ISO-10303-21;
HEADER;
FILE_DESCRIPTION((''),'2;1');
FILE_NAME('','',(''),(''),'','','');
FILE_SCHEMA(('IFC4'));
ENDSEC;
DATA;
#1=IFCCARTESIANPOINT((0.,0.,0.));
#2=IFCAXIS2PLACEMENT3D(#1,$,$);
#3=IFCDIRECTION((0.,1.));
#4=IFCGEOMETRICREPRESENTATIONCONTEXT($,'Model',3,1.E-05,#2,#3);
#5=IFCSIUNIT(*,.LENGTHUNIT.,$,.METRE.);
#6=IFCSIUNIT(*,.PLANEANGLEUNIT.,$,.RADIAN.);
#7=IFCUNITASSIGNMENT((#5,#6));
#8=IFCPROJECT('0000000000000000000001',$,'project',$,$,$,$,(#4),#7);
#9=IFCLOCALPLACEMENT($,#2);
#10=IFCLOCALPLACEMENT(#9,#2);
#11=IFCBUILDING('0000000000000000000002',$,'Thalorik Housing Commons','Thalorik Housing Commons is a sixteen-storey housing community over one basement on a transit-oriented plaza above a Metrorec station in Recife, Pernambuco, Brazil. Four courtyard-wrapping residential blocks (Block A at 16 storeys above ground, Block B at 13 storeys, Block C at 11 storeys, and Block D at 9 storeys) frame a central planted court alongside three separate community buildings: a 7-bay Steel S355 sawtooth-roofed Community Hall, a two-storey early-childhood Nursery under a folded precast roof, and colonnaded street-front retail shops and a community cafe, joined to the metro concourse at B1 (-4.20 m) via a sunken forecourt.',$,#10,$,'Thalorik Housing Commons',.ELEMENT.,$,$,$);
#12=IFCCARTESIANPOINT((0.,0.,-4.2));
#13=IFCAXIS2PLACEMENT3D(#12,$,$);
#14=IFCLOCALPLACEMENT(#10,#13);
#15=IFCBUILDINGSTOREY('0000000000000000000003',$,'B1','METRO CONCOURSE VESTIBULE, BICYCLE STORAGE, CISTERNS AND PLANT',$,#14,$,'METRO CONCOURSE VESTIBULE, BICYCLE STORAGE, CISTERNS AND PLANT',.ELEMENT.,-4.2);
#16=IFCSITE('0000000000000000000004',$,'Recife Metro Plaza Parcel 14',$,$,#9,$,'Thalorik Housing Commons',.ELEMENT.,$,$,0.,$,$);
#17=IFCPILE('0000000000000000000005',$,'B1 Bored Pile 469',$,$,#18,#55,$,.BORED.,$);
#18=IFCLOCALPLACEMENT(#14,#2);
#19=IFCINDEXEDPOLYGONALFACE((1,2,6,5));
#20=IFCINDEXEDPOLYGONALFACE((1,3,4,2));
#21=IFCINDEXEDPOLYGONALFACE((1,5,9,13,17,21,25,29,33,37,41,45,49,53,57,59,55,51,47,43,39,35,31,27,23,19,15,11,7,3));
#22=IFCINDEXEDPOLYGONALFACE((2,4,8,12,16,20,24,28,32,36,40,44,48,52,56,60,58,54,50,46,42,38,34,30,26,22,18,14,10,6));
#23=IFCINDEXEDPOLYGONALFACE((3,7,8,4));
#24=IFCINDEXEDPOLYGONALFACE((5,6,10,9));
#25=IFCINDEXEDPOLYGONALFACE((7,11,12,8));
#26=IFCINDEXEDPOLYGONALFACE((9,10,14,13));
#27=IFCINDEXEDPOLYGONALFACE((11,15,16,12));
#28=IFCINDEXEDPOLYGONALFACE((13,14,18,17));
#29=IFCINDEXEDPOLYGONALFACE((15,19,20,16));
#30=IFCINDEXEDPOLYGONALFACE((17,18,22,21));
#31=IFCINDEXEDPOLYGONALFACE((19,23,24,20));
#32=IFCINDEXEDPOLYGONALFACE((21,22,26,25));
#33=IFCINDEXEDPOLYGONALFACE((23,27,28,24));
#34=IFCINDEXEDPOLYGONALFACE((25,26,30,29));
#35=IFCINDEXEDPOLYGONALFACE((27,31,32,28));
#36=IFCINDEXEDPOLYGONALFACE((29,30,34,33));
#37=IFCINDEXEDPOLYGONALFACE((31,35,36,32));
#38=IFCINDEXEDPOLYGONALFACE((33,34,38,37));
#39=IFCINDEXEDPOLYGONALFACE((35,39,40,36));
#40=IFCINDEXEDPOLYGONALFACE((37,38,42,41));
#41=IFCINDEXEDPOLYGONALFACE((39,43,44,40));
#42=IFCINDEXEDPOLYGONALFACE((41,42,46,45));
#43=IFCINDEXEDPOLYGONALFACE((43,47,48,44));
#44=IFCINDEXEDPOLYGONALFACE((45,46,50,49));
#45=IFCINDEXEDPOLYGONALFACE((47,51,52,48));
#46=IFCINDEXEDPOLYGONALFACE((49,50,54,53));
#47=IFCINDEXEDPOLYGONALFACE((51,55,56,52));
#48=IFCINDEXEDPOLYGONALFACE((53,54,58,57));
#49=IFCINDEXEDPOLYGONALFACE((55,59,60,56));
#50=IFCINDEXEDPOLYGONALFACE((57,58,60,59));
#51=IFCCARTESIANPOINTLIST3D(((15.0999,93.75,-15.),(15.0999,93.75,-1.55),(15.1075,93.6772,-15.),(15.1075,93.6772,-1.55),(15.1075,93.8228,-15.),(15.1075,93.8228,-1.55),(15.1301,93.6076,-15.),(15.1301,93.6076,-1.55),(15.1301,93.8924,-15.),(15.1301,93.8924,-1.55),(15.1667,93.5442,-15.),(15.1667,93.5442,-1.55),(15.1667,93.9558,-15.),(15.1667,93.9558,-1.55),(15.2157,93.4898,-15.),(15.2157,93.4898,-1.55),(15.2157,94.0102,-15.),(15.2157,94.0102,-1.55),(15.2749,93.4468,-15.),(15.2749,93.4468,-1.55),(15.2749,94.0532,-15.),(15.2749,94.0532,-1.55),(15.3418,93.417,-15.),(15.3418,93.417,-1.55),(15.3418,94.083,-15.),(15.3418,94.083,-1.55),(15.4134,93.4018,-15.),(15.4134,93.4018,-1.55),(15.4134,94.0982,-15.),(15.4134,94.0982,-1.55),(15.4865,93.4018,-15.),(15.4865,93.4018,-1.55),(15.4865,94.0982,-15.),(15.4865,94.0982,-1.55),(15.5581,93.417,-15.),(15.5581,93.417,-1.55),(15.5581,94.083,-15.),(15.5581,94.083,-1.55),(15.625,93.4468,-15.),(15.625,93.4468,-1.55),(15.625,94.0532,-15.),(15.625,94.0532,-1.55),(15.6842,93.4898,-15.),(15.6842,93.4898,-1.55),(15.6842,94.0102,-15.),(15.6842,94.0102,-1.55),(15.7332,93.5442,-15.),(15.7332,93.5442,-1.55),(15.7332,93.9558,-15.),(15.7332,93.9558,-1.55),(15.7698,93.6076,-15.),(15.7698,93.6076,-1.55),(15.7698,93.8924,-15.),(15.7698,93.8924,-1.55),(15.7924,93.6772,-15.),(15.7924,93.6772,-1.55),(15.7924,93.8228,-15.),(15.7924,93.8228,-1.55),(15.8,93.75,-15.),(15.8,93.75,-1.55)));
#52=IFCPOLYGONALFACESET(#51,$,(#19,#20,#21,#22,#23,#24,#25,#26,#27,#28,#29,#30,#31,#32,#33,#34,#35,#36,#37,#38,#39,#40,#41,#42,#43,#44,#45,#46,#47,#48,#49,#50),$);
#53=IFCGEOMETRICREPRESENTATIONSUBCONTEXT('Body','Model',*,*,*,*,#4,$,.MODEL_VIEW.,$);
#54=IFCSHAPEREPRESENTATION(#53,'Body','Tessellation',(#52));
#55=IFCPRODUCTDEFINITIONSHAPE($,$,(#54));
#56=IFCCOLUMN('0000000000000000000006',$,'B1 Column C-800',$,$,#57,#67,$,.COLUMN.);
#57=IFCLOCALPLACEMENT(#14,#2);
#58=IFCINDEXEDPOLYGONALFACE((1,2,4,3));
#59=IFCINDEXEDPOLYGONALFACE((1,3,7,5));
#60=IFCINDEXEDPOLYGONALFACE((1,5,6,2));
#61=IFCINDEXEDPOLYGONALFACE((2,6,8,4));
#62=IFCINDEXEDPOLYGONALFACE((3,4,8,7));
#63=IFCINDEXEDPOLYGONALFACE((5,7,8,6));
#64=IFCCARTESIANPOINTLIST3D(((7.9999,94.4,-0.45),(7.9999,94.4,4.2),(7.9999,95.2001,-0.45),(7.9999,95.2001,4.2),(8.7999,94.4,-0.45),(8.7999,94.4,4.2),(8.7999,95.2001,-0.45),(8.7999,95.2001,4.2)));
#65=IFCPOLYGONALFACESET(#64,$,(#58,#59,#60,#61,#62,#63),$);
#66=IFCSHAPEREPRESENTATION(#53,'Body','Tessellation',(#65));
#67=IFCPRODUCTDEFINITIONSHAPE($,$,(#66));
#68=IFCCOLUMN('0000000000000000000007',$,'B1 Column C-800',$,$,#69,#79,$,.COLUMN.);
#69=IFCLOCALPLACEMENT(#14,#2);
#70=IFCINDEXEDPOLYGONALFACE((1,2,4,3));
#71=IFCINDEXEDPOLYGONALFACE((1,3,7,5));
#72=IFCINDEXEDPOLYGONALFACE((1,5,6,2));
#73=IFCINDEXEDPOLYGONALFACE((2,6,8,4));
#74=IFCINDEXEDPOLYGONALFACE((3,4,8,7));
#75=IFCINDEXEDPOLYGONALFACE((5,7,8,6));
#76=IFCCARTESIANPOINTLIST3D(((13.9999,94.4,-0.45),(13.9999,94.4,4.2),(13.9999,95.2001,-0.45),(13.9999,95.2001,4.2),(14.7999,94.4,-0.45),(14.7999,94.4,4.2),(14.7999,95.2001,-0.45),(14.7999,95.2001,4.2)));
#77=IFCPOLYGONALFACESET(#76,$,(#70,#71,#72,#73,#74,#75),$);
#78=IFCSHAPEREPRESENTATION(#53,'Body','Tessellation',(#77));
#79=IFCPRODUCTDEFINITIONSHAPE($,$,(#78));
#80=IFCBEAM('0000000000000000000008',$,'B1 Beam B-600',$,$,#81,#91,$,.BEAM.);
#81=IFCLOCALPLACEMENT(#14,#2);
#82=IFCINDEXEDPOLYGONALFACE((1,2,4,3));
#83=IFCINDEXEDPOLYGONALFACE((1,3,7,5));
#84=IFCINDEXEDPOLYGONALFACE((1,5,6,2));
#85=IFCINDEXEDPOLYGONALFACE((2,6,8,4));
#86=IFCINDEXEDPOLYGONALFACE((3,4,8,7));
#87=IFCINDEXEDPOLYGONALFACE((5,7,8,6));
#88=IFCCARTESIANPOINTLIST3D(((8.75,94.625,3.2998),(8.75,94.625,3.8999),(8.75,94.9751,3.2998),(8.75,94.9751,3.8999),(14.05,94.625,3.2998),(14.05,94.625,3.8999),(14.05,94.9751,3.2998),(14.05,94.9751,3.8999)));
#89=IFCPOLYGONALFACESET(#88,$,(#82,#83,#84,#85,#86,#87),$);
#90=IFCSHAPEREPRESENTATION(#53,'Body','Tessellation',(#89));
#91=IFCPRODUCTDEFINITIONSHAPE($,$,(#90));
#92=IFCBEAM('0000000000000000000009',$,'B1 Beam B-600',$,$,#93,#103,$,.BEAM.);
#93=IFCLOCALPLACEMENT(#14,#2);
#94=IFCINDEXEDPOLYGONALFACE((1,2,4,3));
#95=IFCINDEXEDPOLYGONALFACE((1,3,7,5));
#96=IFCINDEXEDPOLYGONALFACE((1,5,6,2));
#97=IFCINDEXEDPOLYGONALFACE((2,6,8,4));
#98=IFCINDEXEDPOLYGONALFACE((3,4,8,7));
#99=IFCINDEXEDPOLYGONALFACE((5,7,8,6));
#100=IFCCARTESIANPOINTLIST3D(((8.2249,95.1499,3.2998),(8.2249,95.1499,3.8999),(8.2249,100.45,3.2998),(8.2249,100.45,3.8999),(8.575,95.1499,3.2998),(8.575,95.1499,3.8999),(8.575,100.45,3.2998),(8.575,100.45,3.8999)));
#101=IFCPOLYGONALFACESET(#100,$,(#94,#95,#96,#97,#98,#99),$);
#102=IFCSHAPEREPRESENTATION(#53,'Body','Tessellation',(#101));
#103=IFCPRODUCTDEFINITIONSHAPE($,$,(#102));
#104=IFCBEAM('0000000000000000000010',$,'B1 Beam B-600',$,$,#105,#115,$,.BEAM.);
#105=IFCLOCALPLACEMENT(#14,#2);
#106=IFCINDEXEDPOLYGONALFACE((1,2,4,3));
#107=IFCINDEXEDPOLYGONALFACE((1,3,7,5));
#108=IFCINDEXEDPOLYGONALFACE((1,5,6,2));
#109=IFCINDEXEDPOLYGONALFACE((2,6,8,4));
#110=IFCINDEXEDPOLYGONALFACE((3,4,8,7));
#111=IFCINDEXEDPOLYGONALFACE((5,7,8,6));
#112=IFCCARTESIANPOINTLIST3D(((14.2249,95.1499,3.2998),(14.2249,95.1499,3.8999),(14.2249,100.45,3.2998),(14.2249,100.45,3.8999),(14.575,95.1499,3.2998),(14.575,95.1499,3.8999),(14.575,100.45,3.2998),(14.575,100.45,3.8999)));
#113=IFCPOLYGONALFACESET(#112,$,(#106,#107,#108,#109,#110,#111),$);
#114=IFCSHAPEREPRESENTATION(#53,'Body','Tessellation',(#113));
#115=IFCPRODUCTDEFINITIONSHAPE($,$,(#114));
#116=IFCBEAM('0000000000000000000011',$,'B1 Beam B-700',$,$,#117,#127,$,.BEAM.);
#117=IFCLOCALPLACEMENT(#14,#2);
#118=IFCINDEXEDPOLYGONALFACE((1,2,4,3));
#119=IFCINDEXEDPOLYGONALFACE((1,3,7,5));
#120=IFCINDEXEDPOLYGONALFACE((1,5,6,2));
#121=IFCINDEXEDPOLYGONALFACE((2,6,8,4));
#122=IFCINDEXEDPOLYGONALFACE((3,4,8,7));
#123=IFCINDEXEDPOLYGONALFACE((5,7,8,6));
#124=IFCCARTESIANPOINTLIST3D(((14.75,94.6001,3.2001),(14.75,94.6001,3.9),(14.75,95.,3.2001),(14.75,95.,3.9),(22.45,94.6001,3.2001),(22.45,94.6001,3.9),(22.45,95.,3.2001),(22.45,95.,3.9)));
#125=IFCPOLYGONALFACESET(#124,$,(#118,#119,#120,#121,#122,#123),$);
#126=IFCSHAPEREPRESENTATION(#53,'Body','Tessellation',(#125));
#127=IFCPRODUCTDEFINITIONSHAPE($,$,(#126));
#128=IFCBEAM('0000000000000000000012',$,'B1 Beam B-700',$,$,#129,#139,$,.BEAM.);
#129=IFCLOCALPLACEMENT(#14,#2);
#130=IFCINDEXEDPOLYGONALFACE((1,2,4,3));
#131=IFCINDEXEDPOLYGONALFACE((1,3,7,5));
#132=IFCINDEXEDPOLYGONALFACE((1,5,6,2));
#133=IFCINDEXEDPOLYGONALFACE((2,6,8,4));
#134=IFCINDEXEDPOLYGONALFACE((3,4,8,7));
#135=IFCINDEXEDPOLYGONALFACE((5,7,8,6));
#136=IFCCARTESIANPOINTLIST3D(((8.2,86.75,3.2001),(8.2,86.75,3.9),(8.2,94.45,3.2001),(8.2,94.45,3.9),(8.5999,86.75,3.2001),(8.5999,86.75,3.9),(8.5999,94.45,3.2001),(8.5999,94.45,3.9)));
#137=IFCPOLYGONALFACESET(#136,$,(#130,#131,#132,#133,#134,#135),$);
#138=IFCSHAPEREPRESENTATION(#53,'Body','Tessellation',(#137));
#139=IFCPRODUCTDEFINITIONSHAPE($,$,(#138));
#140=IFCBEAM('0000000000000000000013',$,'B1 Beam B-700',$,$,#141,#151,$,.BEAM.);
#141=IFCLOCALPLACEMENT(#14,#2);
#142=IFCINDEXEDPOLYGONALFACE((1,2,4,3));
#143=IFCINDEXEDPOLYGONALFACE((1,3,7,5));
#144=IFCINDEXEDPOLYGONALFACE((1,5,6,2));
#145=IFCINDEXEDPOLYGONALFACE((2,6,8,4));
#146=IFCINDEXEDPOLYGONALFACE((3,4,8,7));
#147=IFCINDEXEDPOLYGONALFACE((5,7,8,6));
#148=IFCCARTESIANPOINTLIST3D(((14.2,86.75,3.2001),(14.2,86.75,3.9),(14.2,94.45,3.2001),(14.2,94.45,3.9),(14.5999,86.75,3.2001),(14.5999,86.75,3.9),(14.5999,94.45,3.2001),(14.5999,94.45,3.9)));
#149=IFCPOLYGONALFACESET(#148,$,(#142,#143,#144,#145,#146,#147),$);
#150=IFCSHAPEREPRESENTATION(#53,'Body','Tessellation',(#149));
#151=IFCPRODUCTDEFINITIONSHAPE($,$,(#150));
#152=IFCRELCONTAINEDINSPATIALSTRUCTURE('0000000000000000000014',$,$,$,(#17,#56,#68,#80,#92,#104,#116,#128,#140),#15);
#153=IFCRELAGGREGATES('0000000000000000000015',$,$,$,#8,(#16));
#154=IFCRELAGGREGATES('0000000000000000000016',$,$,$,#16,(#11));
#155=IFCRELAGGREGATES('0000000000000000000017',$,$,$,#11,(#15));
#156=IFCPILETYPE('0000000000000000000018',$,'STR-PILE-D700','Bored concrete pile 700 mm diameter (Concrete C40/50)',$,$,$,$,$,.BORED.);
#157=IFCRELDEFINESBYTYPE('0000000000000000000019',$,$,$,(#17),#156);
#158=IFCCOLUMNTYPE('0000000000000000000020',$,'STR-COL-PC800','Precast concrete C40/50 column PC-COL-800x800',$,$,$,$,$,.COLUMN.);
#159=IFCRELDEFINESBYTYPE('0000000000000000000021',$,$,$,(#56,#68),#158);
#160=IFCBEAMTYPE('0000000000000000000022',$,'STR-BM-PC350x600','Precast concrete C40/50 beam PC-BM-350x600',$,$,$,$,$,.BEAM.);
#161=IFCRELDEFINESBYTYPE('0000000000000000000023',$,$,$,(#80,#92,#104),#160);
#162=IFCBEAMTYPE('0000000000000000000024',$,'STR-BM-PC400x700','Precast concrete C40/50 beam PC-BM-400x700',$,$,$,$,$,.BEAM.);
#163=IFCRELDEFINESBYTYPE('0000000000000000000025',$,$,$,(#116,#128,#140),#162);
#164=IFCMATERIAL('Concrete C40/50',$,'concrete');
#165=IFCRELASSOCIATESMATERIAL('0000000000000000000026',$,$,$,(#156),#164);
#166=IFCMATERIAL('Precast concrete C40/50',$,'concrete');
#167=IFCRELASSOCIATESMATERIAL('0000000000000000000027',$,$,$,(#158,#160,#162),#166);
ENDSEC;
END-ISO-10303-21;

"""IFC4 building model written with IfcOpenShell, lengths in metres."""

from ifc_helpers import new_model, si_unit, direction, frame, origin, origin_2d, place, context, subcontext, project, spatial, rectangle, circle, extrude, material, material_profile, profile_set, type_object, element, save


model = new_model("IFC4")

# Units and contexts
model_context = context("Model", 3, precision=1e-05, world=origin(), true_north=direction((0.0, 1.0)))
body_context = subcontext(model_context, "Body", "Model", "MODEL_VIEW")
ifc_project = project(units=[si_unit("LENGTHUNIT", "METRE"), si_unit("PLANEANGLEUNIT", "RADIAN")], contexts=[model_context])

# Site, building, storey
site_placement = place(None, origin())
site = spatial("IfcSite", under=ifc_project, at=site_placement, Name="Recife Metro Plaza Parcel 14", LongName="Thalorik Housing Commons", CompositionType="ELEMENT", RefElevation=0.0)
building_placement = place(site_placement, origin())
building = spatial("IfcBuilding", under=site, at=building_placement, Name="Thalorik Housing Commons", Description="Thalorik Housing Commons is a sixteen-storey housing community over one basement on a transit-oriented plaza above a Metrorec station in Recife, Pernambuco, Brazil. Four courtyard-wrapping residential blocks (Block A at 16 storeys above ground, Block B at 13 storeys, Block C at 11 storeys, and Block D at 9 storeys) frame a central planted court alongside three separate community buildings: a 7-bay Steel S355 sawtooth-roofed Community Hall, a two-storey early-childhood Nursery under a folded precast roof, and colonnaded street-front retail shops and a community cafe, joined to the metro concourse at B1 (-4.20 m) via a sunken forecourt.", LongName="Thalorik Housing Commons", CompositionType="ELEMENT")
storey_placement = place(building_placement, frame((0.0, 0.0, -4.2)))
storey = spatial("IfcBuildingStorey", under=building, at=storey_placement, Name="B1", Description="METRO CONCOURSE VESTIBULE, BICYCLE STORAGE, CISTERNS AND PLANT", LongName="METRO CONCOURSE VESTIBULE, BICYCLE STORAGE, CISTERNS AND PLANT", CompositionType="ELEMENT", Elevation=-4.2)

# Shared definitions
ifc_material_1 = material(Name="Concrete C40/50", Category="concrete")

# Pile
ifc_material_profile_1 = material_profile(ifc_material_1, circle(Radius=0.3501, at=origin_2d()), Name="BORED PILE D700", Category="concrete")
ifc_profile_set_1 = profile_set([ifc_material_profile_1], Name="Concrete C40/50")
pile_type = type_object("IfcPileType", Name="STR-PILE-D700", Description="Bored concrete pile 700 mm diameter (Concrete C40/50)", PredefinedType="BORED", material=ifc_profile_set_1)
for number, where, z_axis, x_axis, name in (
    (1, (15.45, 93.75, -1.55), (0.0, 0.0, -1.0), (1.0, 0.0, 0.0), "B1 Bored Pile 469"),
):
    element("IfcPile", number, at=place(storey_placement, frame(where, z_axis=z_axis, x_axis=x_axis)), inside=storey, type_object=pile_type, Name=name, PredefinedType="BORED", context=body_context, shape_type="SweptSolid", body=[
        extrude(circle(Radius=0.3501, at=origin_2d()), origin(), (0.0, 0.0, 1.0), 13.45),
    ])

# Columns
ifc_material_2 = material(Name="Precast concrete C40/50", Category="concrete")
ifc_material_profile_2 = material_profile(ifc_material_2, rectangle(XDim=0.8, YDim=0.8, at=origin_2d()), Name="PC 800x800", Category="concrete")
ifc_profile_set_2 = profile_set([ifc_material_profile_2], Name="Precast concrete C40/50")
column_type = type_object("IfcColumnType", Name="STR-COL-PC800", Description="Precast concrete C40/50 column PC-COL-800x800", PredefinedType="COLUMN", material=ifc_profile_set_2)
for number, where, z_axis, x_axis, name in (
    (2, (8.3999, 94.8, -0.45), (0.0, 0.0, 1.0), (1.0, 0.0, 0.0), "B1 Column C-800"),
    (3, (14.3999, 94.8, -0.45), (0.0, 0.0, 1.0), (1.0, 0.0, 0.0), "B1 Column C-800"),
):
    element("IfcColumn", number, at=place(storey_placement, frame(where, z_axis=z_axis, x_axis=x_axis)), inside=storey, type_object=column_type, Name=name, PredefinedType="COLUMN", context=body_context, shape_type="SweptSolid", body=[
        extrude(rectangle(XDim=0.8, YDim=0.8, at=origin_2d()), origin(), (0.0, 0.0, 1.0), 4.6499),
    ])

# Beams
ifc_material_profile_3 = material_profile(ifc_material_2, rectangle(XDim=0.3501, YDim=0.6001, at=origin_2d()), Name="PC 350x600", Category="concrete")
ifc_profile_set_3 = profile_set([ifc_material_profile_3], Name="Precast concrete C40/50")
beam_type_1 = type_object("IfcBeamType", Name="STR-BM-PC350x600", Description="Precast concrete C40/50 beam PC-BM-350x600", PredefinedType="BEAM", material=ifc_profile_set_3)
for number, where, z_axis, x_axis, name in (
    (4, (8.75, 94.8, 3.5999), (1.0, 0.0, 0.0), (0.0, 1.0, 0.0), "B1 Beam B-600"),
    (5, (8.3999, 95.1499, 3.5999), (0.0, 1.0, 0.0), (-1.0, 0.0, 0.0), "B1 Beam B-600"),
    (6, (14.3999, 95.1499, 3.5999), (0.0, 1.0, 0.0), (-1.0, 0.0, 0.0), "B1 Beam B-600"),
):
    element("IfcBeam", number, at=place(storey_placement, frame(where, z_axis=z_axis, x_axis=x_axis)), inside=storey, type_object=beam_type_1, Name=name, PredefinedType="BEAM", context=body_context, shape_type="SweptSolid", body=[
        extrude(rectangle(XDim=0.3501, YDim=0.6001, at=origin_2d()), origin(), (0.0, 0.0, 1.0), 5.3),
    ])
ifc_material_profile_4 = material_profile(ifc_material_2, rectangle(XDim=0.3999, YDim=0.7, at=origin_2d()), Name="PC 400x700", Category="concrete")
ifc_profile_set_4 = profile_set([ifc_material_profile_4], Name="Precast concrete C40/50")
beam_type_2 = type_object("IfcBeamType", Name="STR-BM-PC400x700", Description="Precast concrete C40/50 beam PC-BM-400x700", PredefinedType="BEAM", material=ifc_profile_set_4)
for number, where, z_axis, x_axis, name in (
    (7, (14.75, 94.8, 3.55), (1.0, 0.0, 0.0), (0.0, 1.0, 0.0), "B1 Beam B-700"),
    (8, (8.3999, 86.75, 3.55), (0.0, 1.0, 0.0), (-1.0, 0.0, 0.0), "B1 Beam B-700"),
    (9, (14.3999, 86.75, 3.55), (0.0, 1.0, 0.0), (-1.0, 0.0, 0.0), "B1 Beam B-700"),
):
    element("IfcBeam", number, at=place(storey_placement, frame(where, z_axis=z_axis, x_axis=x_axis)), inside=storey, type_object=beam_type_2, Name=name, PredefinedType="BEAM", context=body_context, shape_type="SweptSolid", body=[
        extrude(rectangle(XDim=0.3999, YDim=0.7, at=origin_2d()), origin(), (0.0, 0.0, 1.0), 7.7),
    ])

save(model, "model.ifc")
